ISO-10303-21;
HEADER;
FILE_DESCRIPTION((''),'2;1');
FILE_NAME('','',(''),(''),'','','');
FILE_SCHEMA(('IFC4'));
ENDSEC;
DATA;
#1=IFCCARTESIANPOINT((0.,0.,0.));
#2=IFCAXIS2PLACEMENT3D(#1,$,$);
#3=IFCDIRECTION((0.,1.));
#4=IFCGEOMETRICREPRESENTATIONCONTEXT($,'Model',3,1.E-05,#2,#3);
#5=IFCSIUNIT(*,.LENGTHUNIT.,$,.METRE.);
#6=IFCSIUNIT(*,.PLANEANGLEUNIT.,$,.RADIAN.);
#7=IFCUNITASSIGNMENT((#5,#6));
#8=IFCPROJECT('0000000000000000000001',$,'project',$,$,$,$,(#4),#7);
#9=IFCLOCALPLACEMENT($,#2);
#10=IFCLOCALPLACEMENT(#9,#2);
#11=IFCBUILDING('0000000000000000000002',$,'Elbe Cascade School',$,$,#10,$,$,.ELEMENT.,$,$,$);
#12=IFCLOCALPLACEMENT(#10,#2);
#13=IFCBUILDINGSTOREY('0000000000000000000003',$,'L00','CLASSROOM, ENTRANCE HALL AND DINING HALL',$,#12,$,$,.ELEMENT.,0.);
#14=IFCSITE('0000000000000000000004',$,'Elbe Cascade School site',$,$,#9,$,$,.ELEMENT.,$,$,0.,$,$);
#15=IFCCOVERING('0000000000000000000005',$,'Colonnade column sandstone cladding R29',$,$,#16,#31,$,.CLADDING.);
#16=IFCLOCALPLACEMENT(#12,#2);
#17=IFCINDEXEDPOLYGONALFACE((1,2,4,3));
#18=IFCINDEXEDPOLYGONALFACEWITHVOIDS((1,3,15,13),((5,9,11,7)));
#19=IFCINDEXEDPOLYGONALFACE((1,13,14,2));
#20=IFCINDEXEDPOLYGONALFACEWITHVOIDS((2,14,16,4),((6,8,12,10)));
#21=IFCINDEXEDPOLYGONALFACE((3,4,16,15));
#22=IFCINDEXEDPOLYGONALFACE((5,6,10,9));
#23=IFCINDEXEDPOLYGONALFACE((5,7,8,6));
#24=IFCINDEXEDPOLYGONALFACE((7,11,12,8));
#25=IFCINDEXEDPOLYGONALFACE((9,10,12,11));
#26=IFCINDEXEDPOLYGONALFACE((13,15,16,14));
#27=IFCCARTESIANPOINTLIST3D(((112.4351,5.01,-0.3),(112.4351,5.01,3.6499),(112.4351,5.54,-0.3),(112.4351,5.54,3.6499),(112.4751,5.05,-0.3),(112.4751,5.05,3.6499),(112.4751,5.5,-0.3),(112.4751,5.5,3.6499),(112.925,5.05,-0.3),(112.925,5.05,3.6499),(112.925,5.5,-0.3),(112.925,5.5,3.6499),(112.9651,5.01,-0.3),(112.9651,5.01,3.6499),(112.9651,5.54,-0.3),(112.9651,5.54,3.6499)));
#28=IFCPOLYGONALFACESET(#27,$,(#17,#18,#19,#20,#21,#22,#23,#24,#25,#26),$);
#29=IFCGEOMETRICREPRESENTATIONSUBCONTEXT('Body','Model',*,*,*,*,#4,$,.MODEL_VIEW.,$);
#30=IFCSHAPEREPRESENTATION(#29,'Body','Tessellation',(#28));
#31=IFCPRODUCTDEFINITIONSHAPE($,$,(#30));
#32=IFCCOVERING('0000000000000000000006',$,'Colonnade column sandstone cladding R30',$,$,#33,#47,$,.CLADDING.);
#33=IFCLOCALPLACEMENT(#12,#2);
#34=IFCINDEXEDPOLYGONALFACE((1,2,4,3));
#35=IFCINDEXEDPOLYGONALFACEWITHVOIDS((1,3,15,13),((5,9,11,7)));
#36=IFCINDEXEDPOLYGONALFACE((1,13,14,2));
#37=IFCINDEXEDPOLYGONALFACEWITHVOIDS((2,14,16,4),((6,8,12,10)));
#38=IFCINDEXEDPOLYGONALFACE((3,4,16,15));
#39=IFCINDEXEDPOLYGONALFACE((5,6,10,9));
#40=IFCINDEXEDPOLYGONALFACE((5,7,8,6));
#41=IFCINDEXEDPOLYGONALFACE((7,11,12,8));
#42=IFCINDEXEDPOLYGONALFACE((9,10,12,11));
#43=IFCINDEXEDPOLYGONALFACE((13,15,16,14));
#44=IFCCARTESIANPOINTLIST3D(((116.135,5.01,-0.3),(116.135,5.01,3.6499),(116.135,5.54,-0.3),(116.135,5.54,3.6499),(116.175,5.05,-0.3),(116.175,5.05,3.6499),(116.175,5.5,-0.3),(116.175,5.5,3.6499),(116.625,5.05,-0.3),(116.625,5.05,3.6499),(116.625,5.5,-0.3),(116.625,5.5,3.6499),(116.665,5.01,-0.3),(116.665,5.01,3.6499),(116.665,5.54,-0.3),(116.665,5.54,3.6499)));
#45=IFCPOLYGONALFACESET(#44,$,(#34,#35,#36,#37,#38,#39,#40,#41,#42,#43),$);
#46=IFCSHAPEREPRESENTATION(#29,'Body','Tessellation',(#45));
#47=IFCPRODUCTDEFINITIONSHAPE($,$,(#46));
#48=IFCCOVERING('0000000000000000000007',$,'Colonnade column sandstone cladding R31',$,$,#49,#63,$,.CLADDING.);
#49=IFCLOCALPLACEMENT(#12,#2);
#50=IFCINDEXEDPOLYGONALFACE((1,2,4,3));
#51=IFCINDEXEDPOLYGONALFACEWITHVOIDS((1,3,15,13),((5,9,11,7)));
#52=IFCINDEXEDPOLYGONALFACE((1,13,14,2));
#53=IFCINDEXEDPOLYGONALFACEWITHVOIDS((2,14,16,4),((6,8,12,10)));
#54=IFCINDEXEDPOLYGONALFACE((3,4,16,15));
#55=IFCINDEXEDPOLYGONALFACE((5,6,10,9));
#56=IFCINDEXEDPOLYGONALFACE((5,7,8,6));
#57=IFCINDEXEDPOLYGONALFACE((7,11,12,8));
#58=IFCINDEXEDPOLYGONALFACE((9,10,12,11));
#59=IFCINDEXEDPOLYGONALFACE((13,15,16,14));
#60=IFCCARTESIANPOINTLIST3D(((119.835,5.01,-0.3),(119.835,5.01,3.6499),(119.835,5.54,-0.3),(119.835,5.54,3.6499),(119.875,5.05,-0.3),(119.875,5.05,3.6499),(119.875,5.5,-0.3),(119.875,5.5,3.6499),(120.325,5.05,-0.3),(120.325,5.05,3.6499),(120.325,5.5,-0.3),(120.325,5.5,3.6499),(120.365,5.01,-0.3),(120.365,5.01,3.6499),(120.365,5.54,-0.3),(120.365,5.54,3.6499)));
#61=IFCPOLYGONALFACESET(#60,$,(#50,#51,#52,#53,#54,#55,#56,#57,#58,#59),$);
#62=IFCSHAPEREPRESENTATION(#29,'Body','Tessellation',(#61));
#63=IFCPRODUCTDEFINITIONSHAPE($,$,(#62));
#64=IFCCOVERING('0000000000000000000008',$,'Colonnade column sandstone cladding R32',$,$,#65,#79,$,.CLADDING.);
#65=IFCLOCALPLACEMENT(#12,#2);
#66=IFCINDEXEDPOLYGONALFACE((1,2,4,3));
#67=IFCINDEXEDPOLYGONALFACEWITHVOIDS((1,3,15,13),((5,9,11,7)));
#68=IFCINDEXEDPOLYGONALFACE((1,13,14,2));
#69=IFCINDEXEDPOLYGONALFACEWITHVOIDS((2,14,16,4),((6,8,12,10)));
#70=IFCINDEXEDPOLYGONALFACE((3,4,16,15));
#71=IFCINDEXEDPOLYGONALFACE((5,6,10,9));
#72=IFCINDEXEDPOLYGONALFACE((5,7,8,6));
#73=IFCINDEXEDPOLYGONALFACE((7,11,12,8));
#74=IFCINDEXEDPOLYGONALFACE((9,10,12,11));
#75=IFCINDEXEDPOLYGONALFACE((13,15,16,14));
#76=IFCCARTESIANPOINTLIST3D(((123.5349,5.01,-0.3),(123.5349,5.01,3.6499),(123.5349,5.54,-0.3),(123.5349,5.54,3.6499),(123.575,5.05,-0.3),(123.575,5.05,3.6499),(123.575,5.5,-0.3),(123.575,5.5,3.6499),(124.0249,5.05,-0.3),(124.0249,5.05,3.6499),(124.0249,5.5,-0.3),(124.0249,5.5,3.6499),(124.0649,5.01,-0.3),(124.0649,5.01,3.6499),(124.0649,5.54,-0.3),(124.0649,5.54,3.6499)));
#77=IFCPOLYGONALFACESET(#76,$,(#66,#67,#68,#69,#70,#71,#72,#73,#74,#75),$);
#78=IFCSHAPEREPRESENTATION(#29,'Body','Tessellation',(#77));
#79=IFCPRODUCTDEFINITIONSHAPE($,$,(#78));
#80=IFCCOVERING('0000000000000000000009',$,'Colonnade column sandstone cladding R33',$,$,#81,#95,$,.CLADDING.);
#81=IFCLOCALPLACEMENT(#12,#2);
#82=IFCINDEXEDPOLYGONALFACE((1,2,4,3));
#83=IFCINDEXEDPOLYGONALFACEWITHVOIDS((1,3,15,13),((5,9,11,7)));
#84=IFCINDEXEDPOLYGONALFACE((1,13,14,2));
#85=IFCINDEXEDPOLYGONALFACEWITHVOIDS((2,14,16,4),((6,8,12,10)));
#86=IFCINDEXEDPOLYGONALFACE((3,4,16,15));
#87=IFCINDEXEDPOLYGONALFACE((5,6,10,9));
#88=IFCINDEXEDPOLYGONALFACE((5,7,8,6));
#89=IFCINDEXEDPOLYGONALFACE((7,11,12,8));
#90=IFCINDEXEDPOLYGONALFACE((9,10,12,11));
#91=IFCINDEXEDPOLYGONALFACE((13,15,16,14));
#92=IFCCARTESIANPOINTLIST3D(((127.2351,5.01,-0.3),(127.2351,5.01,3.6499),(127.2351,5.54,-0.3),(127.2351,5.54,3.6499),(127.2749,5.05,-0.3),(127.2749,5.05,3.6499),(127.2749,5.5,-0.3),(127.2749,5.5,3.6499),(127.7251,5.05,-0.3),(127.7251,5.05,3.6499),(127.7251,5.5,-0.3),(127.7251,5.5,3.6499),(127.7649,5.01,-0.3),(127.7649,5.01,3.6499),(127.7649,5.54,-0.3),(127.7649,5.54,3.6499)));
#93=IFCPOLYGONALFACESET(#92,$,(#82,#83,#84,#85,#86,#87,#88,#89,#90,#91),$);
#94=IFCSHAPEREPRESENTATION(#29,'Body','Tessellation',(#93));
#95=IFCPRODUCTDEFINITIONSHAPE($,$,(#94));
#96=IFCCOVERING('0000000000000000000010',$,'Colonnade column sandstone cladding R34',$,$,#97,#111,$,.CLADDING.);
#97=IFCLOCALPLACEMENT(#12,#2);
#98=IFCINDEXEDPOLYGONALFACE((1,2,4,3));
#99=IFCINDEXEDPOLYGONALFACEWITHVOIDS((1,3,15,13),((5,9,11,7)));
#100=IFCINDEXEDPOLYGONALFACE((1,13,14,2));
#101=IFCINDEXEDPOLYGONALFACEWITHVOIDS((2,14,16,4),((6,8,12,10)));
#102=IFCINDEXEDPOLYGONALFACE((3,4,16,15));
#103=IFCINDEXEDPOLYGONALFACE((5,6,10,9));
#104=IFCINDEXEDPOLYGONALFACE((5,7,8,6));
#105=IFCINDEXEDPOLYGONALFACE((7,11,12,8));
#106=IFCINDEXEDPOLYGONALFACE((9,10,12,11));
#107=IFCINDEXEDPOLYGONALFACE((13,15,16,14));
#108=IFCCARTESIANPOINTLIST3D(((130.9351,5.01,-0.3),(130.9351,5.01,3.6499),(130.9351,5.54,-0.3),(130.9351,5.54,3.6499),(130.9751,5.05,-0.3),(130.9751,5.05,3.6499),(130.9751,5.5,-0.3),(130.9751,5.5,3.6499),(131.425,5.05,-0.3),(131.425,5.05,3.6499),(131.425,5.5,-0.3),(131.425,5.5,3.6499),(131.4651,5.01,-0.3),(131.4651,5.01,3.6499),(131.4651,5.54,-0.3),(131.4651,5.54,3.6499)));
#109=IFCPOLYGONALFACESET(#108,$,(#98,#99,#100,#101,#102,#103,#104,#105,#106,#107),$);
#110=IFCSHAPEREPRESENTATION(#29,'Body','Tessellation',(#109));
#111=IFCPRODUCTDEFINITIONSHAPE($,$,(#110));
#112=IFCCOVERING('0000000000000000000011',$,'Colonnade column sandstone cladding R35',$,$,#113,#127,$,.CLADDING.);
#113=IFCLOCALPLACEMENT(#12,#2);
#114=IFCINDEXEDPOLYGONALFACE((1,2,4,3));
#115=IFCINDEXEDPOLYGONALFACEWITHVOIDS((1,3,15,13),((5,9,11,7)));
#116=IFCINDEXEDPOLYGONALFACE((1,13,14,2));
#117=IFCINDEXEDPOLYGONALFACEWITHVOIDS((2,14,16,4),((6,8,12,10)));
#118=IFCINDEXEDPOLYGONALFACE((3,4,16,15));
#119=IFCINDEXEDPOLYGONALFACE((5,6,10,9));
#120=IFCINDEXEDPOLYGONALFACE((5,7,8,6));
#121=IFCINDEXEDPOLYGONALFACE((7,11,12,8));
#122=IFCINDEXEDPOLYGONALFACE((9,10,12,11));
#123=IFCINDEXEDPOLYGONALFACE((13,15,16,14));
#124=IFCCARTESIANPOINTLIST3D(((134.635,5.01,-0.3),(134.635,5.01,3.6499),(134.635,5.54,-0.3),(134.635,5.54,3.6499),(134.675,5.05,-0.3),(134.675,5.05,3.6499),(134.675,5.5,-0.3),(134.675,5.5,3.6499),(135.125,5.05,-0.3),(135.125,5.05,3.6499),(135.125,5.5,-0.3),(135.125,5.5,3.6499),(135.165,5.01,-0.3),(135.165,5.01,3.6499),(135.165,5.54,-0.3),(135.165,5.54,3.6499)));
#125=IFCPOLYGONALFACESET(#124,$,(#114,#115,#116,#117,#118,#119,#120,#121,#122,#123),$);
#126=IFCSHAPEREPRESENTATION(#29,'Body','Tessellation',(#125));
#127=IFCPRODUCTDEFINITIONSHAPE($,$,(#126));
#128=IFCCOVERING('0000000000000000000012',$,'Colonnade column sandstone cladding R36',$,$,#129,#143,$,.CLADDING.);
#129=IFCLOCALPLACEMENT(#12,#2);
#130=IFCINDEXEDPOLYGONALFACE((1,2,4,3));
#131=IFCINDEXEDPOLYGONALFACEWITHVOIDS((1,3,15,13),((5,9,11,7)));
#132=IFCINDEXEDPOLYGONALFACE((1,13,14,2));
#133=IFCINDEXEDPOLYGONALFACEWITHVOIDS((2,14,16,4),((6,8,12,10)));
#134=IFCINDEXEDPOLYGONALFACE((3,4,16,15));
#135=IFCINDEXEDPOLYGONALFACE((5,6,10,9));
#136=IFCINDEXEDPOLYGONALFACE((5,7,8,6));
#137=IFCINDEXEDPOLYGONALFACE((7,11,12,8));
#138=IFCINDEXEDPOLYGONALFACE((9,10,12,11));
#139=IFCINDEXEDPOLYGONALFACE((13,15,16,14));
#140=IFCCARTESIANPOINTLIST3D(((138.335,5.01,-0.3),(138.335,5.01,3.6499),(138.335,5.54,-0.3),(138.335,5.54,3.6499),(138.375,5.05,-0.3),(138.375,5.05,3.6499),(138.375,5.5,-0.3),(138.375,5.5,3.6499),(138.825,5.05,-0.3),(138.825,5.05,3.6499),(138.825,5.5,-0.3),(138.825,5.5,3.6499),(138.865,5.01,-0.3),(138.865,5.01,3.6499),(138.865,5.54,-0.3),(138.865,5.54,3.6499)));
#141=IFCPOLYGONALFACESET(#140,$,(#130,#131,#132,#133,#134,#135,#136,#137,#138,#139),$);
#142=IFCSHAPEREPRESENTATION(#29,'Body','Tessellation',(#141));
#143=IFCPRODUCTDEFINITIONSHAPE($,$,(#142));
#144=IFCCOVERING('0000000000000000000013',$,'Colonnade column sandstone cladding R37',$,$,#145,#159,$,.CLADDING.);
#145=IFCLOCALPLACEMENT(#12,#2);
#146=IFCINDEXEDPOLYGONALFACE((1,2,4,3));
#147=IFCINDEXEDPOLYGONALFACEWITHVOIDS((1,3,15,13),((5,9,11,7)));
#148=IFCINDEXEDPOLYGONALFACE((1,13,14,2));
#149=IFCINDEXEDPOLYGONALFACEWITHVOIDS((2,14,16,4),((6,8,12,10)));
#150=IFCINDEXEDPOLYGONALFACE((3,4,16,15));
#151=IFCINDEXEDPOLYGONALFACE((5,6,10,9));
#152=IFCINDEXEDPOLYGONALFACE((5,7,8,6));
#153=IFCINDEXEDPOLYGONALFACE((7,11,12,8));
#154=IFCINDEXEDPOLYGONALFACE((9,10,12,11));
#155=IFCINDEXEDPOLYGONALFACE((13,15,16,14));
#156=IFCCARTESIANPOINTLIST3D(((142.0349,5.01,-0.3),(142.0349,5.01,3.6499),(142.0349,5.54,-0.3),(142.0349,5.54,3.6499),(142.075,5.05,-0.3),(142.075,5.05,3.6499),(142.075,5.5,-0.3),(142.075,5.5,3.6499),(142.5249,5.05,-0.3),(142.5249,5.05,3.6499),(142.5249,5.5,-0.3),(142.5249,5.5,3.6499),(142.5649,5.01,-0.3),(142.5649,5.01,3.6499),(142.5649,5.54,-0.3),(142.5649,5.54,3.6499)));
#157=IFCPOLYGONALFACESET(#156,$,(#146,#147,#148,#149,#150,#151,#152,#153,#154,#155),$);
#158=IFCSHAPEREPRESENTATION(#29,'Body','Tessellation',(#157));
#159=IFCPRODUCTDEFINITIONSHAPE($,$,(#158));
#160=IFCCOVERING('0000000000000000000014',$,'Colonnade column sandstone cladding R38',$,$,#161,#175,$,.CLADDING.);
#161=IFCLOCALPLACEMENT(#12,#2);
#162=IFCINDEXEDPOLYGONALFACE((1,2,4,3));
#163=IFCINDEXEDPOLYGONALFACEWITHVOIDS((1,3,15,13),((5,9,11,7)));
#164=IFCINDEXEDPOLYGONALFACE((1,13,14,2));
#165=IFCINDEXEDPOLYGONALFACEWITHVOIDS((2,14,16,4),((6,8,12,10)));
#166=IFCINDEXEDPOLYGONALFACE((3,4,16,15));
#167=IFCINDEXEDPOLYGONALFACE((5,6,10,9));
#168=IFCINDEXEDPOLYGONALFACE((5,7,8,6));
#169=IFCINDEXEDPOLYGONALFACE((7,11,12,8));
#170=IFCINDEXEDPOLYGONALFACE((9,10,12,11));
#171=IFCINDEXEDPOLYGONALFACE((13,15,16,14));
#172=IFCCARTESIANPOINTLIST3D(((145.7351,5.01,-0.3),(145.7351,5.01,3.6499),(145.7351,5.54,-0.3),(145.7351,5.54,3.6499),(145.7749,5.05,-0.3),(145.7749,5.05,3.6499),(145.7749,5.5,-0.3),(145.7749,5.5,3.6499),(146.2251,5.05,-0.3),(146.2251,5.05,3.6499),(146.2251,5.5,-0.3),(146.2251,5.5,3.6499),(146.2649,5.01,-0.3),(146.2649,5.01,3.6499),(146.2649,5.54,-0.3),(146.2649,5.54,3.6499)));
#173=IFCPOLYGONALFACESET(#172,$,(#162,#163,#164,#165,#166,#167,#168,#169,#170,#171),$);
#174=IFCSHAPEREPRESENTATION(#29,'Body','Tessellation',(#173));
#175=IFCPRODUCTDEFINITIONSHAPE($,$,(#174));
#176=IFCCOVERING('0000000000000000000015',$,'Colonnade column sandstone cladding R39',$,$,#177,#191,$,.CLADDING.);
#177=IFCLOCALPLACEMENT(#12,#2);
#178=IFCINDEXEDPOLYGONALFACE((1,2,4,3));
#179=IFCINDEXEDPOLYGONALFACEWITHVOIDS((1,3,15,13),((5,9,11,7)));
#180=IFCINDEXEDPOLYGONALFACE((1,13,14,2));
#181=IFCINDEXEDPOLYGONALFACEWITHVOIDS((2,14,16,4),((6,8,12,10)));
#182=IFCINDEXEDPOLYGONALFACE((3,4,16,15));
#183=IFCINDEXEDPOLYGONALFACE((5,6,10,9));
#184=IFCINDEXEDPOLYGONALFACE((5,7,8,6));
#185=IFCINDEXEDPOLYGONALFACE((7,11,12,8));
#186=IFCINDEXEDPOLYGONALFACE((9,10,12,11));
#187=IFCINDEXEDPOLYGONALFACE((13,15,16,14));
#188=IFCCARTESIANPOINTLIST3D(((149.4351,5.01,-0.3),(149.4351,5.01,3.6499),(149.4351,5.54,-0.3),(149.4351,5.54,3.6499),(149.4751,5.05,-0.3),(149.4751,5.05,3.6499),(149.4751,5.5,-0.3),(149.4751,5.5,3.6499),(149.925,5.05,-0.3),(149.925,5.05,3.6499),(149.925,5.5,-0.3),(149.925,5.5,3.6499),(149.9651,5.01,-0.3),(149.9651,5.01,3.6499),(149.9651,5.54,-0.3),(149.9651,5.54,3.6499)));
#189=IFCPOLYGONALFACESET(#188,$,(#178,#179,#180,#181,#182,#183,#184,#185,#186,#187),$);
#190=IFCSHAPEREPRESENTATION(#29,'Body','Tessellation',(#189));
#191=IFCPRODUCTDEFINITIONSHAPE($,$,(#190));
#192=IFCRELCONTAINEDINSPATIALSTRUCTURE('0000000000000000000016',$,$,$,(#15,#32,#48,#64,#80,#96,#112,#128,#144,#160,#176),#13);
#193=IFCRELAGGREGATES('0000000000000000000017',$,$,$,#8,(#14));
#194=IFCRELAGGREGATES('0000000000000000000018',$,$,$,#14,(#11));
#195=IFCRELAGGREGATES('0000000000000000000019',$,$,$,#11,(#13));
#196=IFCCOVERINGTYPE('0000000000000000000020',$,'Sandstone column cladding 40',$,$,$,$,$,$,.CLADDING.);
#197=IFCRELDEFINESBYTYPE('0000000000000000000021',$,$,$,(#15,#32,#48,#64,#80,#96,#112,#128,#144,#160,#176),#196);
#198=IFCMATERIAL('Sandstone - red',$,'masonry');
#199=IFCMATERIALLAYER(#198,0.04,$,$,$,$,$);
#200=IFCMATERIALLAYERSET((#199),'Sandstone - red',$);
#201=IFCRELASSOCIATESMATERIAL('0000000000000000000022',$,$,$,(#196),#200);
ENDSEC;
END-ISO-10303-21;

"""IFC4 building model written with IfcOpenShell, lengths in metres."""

from ifc_helpers import new_model, si_unit, direction, frame, origin, place, context, subcontext, project, spatial, polyline, outline, extrude, material, layer, layer_set, type_object, element, save


model = new_model("IFC4")

# Units and contexts
model_context = context("Model", 3, precision=1e-05, world=origin(), true_north=direction((0.0, 1.0)))
body_context = subcontext(model_context, "Body", "Model", "MODEL_VIEW")
ifc_project = project(units=[si_unit("LENGTHUNIT", "METRE"), si_unit("PLANEANGLEUNIT", "RADIAN")], contexts=[model_context])

# Site, building, storey
site_placement = place(None, origin())
site = spatial("IfcSite", under=ifc_project, at=site_placement, Name="Elbe Cascade School site", CompositionType="ELEMENT", RefElevation=0.0)
building_placement = place(site_placement, origin())
building = spatial("IfcBuilding", under=site, at=building_placement, Name="Elbe Cascade School", CompositionType="ELEMENT")
storey_placement = place(building_placement, origin())
storey = spatial("IfcBuildingStorey", under=building, at=storey_placement, Name="L00", Description="CLASSROOM, ENTRANCE HALL AND DINING HALL", CompositionType="ELEMENT", Elevation=0.0)

# Coverings
ifc_material_1 = material(Name="Sandstone - red", Category="masonry")
ifc_layer = layer(ifc_material_1, 0.04)
ifc_layer_set = layer_set([ifc_layer], Name="Sandstone - red")
covering_type = type_object("IfcCoveringType", Name="Sandstone column cladding 40", PredefinedType="CLADDING", material=ifc_layer_set)
covering_1_placement = place(storey_placement, frame((0.0, 0.0, -0.3)))
element("IfcCovering", 1, at=covering_1_placement, inside=storey, type_object=covering_type, Name="Colonnade column sandstone cladding R29", PredefinedType="CLADDING", context=body_context, shape_type="SweptSolid", body=[
    extrude(outline(polyline([(112.4351, 5.01), (112.9651, 5.01), (112.9651, 5.54), (112.4351, 5.54), (112.4351, 5.01)]), holes=[polyline([(112.4751, 5.5), (112.925, 5.5), (112.925, 5.05), (112.4751, 5.05), (112.4751, 5.5)])]), origin(), (0.0, 0.0, 1.0), 3.95),
])
covering_2_placement = place(storey_placement, frame((0.0, 0.0, -0.3)))
element("IfcCovering", 2, at=covering_2_placement, inside=storey, type_object=covering_type, Name="Colonnade column sandstone cladding R30", PredefinedType="CLADDING", context=body_context, shape_type="SweptSolid", body=[
    extrude(outline(polyline([(116.135, 5.01), (116.665, 5.01), (116.665, 5.54), (116.135, 5.54), (116.135, 5.01)]), holes=[polyline([(116.175, 5.5), (116.625, 5.5), (116.625, 5.05), (116.175, 5.05), (116.175, 5.5)])]), origin(), (0.0, 0.0, 1.0), 3.95),
])
covering_3_placement = place(storey_placement, frame((0.0, 0.0, -0.3)))
element("IfcCovering", 3, at=covering_3_placement, inside=storey, type_object=covering_type, Name="Colonnade column sandstone cladding R31", PredefinedType="CLADDING", context=body_context, shape_type="SweptSolid", body=[
    extrude(outline(polyline([(119.835, 5.01), (120.365, 5.01), (120.365, 5.54), (119.835, 5.54), (119.835, 5.01)]), holes=[polyline([(119.875, 5.5), (120.325, 5.5), (120.325, 5.05), (119.875, 5.05), (119.875, 5.5)])]), origin(), (0.0, 0.0, 1.0), 3.95),
])
covering_4_placement = place(storey_placement, frame((0.0, 0.0, -0.3)))
element("IfcCovering", 4, at=covering_4_placement, inside=storey, type_object=covering_type, Name="Colonnade column sandstone cladding R32", PredefinedType="CLADDING", context=body_context, shape_type="SweptSolid", body=[
    extrude(outline(polyline([(123.5349, 5.01), (124.0649, 5.01), (124.0649, 5.54), (123.5349, 5.54), (123.5349, 5.01)]), holes=[polyline([(123.575, 5.5), (124.0249, 5.5), (124.0249, 5.05), (123.575, 5.05), (123.575, 5.5)])]), origin(), (0.0, 0.0, 1.0), 3.95),
])
covering_5_placement = place(storey_placement, frame((0.0, 0.0, -0.3)))
element("IfcCovering", 5, at=covering_5_placement, inside=storey, type_object=covering_type, Name="Colonnade column sandstone cladding R33", PredefinedType="CLADDING", context=body_context, shape_type="SweptSolid", body=[
    extrude(outline(polyline([(127.2351, 5.01), (127.7649, 5.01), (127.7649, 5.54), (127.2351, 5.54), (127.2351, 5.01)]), holes=[polyline([(127.2749, 5.5), (127.7251, 5.5), (127.7251, 5.05), (127.2749, 5.05), (127.2749, 5.5)])]), origin(), (0.0, 0.0, 1.0), 3.95),
])
covering_6_placement = place(storey_placement, frame((0.0, 0.0, -0.3)))
element("IfcCovering", 6, at=covering_6_placement, inside=storey, type_object=covering_type, Name="Colonnade column sandstone cladding R34", PredefinedType="CLADDING", context=body_context, shape_type="SweptSolid", body=[
    extrude(outline(polyline([(130.9351, 5.01), (131.4651, 5.01), (131.4651, 5.54), (130.9351, 5.54), (130.9351, 5.01)]), holes=[polyline([(130.9751, 5.5), (131.425, 5.5), (131.425, 5.05), (130.9751, 5.05), (130.9751, 5.5)])]), origin(), (0.0, 0.0, 1.0), 3.95),
])
covering_7_placement = place(storey_placement, frame((0.0, 0.0, -0.3)))
element("IfcCovering", 7, at=covering_7_placement, inside=storey, type_object=covering_type, Name="Colonnade column sandstone cladding R35", PredefinedType="CLADDING", context=body_context, shape_type="SweptSolid", body=[
    extrude(outline(polyline([(134.635, 5.01), (135.165, 5.01), (135.165, 5.54), (134.635, 5.54), (134.635, 5.01)]), holes=[polyline([(134.675, 5.5), (135.125, 5.5), (135.125, 5.05), (134.675, 5.05), (134.675, 5.5)])]), origin(), (0.0, 0.0, 1.0), 3.95),
])
covering_8_placement = place(storey_placement, frame((0.0, 0.0, -0.3)))
element("IfcCovering", 8, at=covering_8_placement, inside=storey, type_object=covering_type, Name="Colonnade column sandstone cladding R36", PredefinedType="CLADDING", context=body_context, shape_type="SweptSolid", body=[
    extrude(outline(polyline([(138.335, 5.01), (138.865, 5.01), (138.865, 5.54), (138.335, 5.54), (138.335, 5.01)]), holes=[polyline([(138.375, 5.5), (138.825, 5.5), (138.825, 5.05), (138.375, 5.05), (138.375, 5.5)])]), origin(), (0.0, 0.0, 1.0), 3.95),
])
covering_9_placement = place(storey_placement, frame((0.0, 0.0, -0.3)))
element("IfcCovering", 9, at=covering_9_placement, inside=storey, type_object=covering_type, Name="Colonnade column sandstone cladding R37", PredefinedType="CLADDING", context=body_context, shape_type="SweptSolid", body=[
    extrude(outline(polyline([(142.0349, 5.01), (142.5649, 5.01), (142.5649, 5.54), (142.0349, 5.54), (142.0349, 5.01)]), holes=[polyline([(142.075, 5.5), (142.5249, 5.5), (142.5249, 5.05), (142.075, 5.05), (142.075, 5.5)])]), origin(), (0.0, 0.0, 1.0), 3.95),
])
covering_10_placement = place(storey_placement, frame((0.0, 0.0, -0.3)))
element("IfcCovering", 10, at=covering_10_placement, inside=storey, type_object=covering_type, Name="Colonnade column sandstone cladding R38", PredefinedType="CLADDING", context=body_context, shape_type="SweptSolid", body=[
    extrude(outline(polyline([(145.7351, 5.01), (146.2649, 5.01), (146.2649, 5.54), (145.7351, 5.54), (145.7351, 5.01)]), holes=[polyline([(145.7749, 5.5), (146.2251, 5.5), (146.2251, 5.05), (145.7749, 5.05), (145.7749, 5.5)])]), origin(), (0.0, 0.0, 1.0), 3.95),
])
covering_11_placement = place(storey_placement, frame((0.0, 0.0, -0.3)))
element("IfcCovering", 11, at=covering_11_placement, inside=storey, type_object=covering_type, Name="Colonnade column sandstone cladding R39", PredefinedType="CLADDING", context=body_context, shape_type="SweptSolid", body=[
    extrude(outline(polyline([(149.4351, 5.01), (149.9651, 5.01), (149.9651, 5.54), (149.4351, 5.54), (149.4351, 5.01)]), holes=[polyline([(149.4751, 5.5), (149.925, 5.5), (149.925, 5.05), (149.4751, 5.05), (149.4751, 5.5)])]), origin(), (0.0, 0.0, 1.0), 3.95),
])

save(model, "model.ifc")
